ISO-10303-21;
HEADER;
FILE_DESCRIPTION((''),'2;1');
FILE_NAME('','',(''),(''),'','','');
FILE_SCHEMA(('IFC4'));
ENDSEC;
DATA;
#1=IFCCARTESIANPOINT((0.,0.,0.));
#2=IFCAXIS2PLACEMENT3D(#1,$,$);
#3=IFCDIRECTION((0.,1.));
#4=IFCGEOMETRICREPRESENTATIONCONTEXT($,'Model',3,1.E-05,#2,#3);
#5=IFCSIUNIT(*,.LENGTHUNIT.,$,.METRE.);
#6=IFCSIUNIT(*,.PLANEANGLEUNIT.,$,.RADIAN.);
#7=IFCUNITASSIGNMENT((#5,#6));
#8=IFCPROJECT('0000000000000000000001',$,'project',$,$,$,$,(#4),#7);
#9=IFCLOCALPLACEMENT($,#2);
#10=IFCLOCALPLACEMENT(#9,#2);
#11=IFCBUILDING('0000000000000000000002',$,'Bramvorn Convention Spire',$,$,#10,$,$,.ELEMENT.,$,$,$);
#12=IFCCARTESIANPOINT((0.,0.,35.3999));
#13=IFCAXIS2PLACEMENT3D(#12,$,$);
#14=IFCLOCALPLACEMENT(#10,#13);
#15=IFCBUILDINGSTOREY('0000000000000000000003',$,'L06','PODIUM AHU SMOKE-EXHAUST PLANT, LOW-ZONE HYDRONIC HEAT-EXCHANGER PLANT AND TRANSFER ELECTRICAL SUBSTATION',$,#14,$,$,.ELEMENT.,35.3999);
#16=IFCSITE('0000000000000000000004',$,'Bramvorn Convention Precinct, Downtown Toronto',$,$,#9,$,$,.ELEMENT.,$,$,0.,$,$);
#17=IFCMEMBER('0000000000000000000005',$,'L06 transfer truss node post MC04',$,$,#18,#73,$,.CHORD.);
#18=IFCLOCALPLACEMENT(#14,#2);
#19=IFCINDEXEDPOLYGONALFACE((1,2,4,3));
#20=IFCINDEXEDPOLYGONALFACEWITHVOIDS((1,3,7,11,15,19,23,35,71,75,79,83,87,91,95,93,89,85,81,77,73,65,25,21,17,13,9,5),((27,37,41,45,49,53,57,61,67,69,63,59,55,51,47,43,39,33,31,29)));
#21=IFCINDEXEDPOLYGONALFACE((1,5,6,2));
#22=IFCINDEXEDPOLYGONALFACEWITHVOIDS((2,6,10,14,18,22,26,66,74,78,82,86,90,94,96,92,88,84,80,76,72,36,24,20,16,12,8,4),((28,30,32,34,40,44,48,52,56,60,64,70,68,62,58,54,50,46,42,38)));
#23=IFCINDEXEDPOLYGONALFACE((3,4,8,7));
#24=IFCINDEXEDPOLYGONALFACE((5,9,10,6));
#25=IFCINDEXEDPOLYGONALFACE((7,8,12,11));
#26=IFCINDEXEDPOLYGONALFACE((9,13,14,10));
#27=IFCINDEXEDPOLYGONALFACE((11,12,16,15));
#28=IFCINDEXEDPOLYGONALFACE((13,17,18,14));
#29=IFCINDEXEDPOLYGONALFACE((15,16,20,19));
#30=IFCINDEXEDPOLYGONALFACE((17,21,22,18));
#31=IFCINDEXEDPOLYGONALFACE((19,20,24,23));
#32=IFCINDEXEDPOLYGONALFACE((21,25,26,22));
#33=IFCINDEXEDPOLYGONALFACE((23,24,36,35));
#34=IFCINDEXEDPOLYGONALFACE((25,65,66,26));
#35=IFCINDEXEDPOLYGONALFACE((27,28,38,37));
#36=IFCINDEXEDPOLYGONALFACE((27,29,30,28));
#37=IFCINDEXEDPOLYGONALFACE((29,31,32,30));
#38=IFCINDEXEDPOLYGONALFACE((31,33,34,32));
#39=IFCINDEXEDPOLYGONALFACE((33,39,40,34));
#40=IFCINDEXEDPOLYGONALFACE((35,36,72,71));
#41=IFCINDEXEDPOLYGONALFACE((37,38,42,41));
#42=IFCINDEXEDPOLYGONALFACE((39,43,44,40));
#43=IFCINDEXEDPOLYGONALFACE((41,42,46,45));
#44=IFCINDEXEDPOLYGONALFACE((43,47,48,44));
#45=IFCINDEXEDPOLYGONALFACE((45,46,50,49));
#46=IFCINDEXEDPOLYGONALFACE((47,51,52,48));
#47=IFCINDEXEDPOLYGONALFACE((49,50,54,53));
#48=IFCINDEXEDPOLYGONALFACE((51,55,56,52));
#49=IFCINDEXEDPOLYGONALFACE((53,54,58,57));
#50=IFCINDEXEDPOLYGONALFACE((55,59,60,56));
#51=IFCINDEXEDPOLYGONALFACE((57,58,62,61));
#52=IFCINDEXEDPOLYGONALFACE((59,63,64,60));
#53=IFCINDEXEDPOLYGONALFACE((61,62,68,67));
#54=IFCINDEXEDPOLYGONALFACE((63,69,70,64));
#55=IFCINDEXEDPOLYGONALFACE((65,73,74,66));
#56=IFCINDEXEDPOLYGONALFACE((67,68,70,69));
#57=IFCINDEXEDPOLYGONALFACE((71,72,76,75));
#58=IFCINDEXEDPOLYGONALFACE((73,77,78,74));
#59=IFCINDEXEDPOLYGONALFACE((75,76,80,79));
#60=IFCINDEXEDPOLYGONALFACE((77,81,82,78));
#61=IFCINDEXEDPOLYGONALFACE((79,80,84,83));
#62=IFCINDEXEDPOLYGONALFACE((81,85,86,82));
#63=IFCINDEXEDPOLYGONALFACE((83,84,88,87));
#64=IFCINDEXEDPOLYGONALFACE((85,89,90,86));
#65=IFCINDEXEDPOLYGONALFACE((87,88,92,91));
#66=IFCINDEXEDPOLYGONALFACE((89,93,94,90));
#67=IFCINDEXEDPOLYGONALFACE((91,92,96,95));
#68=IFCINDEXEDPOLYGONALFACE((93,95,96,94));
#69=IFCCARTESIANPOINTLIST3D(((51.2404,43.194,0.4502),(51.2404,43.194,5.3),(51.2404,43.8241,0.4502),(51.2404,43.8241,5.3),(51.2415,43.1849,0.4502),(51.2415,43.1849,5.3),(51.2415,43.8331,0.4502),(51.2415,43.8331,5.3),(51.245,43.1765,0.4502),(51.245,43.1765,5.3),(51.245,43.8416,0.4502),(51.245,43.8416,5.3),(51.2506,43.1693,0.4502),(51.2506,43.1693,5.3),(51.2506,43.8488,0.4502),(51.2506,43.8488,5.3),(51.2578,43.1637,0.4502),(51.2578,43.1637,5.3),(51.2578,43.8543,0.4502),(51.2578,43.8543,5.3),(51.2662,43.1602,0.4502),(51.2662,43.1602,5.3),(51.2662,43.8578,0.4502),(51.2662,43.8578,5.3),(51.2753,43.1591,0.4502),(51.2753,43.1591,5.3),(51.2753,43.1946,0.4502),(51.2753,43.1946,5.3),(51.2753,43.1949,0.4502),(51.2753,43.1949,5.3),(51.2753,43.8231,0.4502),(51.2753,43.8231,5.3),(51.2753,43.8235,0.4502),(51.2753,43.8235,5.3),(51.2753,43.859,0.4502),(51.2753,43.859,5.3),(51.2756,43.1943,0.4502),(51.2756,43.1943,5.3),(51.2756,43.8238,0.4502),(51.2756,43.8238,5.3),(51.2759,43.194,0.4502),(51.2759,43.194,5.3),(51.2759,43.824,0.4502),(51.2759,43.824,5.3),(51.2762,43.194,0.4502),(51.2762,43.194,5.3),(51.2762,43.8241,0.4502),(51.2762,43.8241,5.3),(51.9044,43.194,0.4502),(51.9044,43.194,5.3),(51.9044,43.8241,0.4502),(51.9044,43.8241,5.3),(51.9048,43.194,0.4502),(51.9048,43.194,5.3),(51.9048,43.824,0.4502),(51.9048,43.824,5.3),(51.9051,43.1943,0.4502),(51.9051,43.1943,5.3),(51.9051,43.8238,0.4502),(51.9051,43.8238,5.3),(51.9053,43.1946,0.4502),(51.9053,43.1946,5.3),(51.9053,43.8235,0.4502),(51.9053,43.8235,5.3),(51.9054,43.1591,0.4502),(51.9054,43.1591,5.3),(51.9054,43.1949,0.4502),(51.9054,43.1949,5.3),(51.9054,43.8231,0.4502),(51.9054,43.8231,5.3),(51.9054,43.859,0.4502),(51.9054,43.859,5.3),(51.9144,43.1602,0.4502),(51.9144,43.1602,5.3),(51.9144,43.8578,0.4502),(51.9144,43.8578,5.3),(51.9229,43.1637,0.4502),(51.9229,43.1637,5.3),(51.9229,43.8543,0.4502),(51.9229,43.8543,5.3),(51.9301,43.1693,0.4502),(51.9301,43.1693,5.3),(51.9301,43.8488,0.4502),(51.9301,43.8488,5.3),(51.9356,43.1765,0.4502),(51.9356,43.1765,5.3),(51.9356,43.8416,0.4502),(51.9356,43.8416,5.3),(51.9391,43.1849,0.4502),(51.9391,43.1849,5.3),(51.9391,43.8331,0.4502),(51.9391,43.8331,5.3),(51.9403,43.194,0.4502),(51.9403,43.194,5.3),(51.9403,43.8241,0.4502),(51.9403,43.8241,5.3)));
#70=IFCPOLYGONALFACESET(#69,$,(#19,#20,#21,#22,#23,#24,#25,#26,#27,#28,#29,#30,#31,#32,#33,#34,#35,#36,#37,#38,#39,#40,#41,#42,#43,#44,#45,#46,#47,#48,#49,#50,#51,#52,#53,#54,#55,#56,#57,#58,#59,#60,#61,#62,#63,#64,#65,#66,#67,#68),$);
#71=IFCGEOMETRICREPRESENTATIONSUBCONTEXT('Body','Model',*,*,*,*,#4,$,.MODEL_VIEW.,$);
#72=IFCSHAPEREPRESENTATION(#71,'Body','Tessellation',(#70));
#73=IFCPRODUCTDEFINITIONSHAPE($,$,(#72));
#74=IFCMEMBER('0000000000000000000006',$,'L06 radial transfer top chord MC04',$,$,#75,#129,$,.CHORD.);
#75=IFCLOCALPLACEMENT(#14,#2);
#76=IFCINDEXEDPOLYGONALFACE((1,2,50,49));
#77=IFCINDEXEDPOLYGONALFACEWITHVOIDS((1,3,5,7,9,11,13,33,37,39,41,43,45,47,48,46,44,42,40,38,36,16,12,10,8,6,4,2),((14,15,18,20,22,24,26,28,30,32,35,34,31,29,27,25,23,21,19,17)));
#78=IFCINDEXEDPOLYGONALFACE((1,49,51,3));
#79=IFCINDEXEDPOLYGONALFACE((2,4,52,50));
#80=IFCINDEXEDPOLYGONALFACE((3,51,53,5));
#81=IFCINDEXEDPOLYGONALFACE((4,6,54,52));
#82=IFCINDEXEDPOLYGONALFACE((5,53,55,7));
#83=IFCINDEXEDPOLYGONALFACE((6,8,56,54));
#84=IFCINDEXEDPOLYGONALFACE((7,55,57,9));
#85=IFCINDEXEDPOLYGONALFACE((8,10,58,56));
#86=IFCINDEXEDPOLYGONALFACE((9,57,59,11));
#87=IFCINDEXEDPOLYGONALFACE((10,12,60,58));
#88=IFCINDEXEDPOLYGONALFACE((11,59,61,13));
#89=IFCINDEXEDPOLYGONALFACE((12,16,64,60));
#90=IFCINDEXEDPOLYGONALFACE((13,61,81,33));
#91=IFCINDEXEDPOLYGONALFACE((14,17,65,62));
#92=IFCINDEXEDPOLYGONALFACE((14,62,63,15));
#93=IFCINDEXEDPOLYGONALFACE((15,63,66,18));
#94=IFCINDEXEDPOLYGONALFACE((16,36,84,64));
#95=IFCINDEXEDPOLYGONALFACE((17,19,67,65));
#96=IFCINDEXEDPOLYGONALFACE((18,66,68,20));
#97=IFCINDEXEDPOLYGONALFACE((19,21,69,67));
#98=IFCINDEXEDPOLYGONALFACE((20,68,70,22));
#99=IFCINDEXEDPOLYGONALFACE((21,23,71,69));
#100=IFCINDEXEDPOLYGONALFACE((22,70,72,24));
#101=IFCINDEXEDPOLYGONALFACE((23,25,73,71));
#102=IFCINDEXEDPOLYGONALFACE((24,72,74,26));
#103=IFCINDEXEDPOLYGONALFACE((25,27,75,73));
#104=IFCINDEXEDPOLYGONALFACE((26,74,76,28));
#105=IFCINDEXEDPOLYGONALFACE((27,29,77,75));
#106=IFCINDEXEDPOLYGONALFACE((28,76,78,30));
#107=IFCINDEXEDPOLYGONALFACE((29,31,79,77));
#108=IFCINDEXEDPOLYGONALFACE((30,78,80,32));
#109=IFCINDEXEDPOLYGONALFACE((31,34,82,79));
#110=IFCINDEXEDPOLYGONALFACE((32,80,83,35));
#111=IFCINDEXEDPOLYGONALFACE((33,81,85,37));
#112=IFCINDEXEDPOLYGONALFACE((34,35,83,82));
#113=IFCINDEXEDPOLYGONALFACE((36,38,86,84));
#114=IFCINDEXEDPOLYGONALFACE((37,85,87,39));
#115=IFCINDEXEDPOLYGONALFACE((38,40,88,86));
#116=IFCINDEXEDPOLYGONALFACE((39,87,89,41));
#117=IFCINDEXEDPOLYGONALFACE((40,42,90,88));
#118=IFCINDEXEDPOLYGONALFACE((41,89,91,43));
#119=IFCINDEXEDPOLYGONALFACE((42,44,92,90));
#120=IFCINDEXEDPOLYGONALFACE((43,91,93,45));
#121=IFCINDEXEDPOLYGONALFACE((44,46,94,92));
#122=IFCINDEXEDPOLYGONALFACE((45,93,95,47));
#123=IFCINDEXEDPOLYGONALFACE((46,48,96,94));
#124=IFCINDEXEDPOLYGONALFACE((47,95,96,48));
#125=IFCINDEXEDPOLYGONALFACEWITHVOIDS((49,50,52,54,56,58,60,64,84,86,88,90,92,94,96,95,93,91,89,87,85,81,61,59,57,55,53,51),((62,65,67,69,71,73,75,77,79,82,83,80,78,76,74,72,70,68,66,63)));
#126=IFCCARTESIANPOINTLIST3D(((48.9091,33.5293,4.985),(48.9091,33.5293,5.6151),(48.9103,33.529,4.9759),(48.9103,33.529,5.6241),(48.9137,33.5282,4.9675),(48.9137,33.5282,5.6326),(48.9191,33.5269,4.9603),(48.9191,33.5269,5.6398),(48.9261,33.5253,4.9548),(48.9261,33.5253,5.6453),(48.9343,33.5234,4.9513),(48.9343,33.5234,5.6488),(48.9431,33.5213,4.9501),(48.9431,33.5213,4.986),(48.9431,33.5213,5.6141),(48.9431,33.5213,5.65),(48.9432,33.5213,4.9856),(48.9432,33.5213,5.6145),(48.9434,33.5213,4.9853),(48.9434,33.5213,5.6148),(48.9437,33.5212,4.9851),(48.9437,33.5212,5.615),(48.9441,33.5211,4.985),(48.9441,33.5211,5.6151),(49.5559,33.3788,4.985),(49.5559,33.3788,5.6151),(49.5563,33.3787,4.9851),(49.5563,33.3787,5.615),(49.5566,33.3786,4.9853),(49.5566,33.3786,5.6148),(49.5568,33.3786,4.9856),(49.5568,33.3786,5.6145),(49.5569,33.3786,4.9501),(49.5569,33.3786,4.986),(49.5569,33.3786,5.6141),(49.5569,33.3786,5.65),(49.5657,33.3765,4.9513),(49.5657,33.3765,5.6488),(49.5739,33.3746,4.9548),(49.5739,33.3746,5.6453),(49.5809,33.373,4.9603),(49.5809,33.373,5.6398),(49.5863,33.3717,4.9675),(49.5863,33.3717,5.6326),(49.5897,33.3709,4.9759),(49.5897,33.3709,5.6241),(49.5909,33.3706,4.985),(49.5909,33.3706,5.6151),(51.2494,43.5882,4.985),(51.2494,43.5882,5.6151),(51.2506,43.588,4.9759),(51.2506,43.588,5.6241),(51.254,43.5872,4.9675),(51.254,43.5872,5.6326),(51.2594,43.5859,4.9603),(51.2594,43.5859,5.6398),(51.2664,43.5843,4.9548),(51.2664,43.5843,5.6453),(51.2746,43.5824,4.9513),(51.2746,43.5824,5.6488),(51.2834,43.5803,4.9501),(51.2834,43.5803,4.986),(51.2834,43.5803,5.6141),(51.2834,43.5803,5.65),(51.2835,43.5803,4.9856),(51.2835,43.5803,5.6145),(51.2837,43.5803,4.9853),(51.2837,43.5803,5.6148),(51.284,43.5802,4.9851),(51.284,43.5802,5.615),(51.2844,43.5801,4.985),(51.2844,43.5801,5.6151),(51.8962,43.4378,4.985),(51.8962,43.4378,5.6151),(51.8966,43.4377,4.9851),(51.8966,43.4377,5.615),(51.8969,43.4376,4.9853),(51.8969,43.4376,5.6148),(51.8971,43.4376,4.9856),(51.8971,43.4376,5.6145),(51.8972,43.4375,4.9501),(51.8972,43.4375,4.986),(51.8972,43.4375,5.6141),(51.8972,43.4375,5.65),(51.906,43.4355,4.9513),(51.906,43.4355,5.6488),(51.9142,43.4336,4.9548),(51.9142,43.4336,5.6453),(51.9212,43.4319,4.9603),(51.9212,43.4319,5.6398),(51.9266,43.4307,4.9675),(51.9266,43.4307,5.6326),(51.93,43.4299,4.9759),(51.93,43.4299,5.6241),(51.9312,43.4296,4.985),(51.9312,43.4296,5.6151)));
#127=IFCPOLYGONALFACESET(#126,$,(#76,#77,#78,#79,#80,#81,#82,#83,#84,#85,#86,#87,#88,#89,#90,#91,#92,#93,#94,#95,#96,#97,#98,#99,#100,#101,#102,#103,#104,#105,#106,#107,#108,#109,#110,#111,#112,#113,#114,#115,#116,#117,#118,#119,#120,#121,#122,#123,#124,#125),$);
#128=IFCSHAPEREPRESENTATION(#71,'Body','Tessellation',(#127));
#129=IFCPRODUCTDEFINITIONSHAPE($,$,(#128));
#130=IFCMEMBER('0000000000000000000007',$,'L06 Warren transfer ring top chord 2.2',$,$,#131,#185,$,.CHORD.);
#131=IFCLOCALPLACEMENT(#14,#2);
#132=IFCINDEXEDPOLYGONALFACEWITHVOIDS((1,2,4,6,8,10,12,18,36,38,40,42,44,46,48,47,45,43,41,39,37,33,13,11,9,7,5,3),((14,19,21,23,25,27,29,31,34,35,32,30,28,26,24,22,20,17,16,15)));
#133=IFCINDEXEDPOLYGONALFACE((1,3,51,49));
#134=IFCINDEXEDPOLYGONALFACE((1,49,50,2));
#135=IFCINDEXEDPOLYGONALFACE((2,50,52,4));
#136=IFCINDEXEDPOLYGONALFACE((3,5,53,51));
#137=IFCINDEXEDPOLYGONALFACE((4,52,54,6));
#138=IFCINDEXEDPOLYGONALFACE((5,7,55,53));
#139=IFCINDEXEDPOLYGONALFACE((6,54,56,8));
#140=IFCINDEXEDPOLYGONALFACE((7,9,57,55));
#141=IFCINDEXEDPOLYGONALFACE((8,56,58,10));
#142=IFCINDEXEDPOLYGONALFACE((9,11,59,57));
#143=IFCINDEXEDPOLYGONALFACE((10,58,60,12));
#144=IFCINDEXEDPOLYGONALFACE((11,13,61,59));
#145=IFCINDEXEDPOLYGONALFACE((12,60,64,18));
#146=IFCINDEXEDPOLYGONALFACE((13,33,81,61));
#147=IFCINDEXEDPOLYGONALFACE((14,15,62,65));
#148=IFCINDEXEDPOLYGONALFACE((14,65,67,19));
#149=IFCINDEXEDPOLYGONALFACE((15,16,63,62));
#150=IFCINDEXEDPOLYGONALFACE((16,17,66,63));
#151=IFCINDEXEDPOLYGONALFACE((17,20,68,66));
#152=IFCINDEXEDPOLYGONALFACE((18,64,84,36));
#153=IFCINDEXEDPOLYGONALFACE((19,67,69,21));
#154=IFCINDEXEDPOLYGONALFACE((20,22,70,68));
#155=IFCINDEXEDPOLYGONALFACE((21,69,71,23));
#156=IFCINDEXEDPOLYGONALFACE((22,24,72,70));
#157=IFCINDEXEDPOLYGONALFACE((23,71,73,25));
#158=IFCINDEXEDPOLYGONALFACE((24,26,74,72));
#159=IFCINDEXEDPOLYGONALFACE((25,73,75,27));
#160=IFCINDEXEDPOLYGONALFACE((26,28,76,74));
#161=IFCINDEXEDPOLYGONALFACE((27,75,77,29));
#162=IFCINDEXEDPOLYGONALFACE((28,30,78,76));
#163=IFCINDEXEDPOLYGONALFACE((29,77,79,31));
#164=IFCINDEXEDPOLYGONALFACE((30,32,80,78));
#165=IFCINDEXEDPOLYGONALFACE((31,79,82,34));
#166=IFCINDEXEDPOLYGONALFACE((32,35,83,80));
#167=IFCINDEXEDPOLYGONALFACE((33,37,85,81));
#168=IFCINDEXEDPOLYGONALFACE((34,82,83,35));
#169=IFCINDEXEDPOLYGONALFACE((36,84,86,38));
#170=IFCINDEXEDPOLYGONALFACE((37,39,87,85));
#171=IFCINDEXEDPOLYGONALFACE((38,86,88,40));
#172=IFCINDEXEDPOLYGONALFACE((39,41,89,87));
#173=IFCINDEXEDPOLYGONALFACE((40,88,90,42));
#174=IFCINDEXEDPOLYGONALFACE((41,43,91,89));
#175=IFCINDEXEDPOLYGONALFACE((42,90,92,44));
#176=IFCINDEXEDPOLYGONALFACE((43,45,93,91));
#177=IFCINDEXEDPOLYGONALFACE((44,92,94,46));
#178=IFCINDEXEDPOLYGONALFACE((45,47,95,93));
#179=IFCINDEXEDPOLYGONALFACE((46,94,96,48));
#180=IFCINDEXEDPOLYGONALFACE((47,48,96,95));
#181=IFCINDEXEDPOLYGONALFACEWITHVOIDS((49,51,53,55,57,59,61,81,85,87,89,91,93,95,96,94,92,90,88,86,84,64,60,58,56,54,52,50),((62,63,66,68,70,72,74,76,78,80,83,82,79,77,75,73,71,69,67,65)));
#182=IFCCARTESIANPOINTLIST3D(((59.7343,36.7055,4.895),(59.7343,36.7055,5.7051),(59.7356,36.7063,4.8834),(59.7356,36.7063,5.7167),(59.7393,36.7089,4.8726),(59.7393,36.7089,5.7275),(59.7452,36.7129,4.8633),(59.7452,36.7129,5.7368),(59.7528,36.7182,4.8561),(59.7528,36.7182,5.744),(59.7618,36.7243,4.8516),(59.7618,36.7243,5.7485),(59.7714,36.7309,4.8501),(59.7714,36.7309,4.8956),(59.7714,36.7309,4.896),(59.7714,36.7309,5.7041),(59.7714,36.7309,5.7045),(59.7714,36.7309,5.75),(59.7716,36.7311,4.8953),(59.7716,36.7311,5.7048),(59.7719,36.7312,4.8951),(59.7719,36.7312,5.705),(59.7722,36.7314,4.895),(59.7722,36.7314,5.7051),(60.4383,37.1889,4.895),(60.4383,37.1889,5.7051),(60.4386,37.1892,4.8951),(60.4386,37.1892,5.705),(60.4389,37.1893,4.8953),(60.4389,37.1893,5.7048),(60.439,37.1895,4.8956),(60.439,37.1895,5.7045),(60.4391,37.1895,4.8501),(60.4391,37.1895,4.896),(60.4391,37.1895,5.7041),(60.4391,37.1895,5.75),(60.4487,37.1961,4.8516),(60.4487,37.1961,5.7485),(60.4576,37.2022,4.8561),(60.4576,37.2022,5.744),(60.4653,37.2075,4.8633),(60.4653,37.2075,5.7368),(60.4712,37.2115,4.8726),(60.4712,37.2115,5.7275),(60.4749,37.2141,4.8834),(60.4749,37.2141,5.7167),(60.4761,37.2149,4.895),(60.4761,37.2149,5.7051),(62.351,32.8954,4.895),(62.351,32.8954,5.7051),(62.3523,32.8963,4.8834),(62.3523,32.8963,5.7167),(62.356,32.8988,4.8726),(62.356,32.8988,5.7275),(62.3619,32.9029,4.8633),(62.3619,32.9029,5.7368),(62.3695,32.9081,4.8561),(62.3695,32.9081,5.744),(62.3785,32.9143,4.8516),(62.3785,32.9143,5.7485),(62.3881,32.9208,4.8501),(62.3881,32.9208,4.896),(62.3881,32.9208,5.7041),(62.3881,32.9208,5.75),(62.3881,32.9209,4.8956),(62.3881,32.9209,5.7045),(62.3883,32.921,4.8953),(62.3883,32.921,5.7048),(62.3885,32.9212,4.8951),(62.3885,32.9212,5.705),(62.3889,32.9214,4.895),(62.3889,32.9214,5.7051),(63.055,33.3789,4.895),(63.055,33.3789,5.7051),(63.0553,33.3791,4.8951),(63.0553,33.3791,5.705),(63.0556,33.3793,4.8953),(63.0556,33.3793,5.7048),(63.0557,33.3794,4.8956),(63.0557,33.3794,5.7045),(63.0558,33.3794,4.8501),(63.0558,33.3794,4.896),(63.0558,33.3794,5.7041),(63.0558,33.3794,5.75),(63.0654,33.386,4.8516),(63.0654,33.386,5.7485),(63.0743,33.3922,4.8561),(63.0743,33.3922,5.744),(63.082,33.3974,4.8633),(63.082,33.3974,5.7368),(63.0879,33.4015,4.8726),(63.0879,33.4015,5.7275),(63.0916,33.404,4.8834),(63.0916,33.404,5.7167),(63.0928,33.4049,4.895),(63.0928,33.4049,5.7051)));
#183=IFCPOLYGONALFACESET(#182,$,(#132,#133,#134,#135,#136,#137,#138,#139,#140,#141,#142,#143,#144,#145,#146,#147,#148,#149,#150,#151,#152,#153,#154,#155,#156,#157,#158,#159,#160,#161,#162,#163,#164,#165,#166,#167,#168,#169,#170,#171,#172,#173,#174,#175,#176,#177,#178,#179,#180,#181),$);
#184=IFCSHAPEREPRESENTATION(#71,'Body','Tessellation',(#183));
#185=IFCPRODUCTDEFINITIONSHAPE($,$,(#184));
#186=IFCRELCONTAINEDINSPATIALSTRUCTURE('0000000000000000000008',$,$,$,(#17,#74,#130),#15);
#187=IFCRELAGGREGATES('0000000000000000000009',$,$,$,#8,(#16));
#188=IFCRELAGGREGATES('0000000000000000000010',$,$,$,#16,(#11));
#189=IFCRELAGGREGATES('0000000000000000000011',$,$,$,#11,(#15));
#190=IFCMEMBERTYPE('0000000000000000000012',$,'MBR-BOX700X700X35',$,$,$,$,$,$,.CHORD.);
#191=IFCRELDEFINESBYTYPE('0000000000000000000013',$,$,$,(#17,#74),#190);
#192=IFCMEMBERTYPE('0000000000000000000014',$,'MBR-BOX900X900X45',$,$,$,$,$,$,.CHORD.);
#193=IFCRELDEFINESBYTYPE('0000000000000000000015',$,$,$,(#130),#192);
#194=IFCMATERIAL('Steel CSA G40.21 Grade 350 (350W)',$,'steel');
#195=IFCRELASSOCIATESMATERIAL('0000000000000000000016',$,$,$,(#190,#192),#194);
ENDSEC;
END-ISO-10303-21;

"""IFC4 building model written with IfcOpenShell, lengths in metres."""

from ifc_helpers import new_model, si_unit, direction, frame, origin, origin_2d, place, context, subcontext, project, spatial, hollow_rectangle, extrude, material, material_profile, profile_set, type_object, element, save


model = new_model("IFC4")

# Units and contexts
model_context = context("Model", 3, precision=1e-05, world=origin(), true_north=direction((0.0, 1.0)))
body_context = subcontext(model_context, "Body", "Model", "MODEL_VIEW")
ifc_project = project(units=[si_unit("LENGTHUNIT", "METRE"), si_unit("PLANEANGLEUNIT", "RADIAN")], contexts=[model_context])

# Site, building, storey
site_placement = place(None, origin())
site = spatial("IfcSite", under=ifc_project, at=site_placement, Name="Bramvorn Convention Precinct, Downtown Toronto", CompositionType="ELEMENT", RefElevation=0.0)
building_placement = place(site_placement, origin())
building = spatial("IfcBuilding", under=site, at=building_placement, Name="Bramvorn Convention Spire", CompositionType="ELEMENT")
storey_placement = place(building_placement, frame((0.0, 0.0, 35.3999)))
storey = spatial("IfcBuildingStorey", under=building, at=storey_placement, Name="L06", Description="PODIUM AHU SMOKE-EXHAUST PLANT, LOW-ZONE HYDRONIC HEAT-EXCHANGER PLANT AND TRANSFER ELECTRICAL SUBSTATION", CompositionType="ELEMENT", Elevation=35.3999)

# Shared definitions
ifc_material_1 = material(Name="Steel CSA G40.21 Grade 350 (350W)", Category="steel")

# Members
ifc_material_profile_1 = material_profile(ifc_material_1, hollow_rectangle(XDim=0.7, YDim=0.7, WallThickness=0.0349, InnerFilletRadius=0.001, OuterFilletRadius=0.0349, at=origin_2d()))
ifc_profile_set_1 = profile_set([ifc_material_profile_1], Name="Steel CSA G40.21 Grade 350 (350W) - BOX700X700X35")
member_type_1 = type_object("IfcMemberType", Name="MBR-BOX700X700X35", PredefinedType="CHORD", material=ifc_profile_set_1)
member_1_placement = place(storey_placement, frame((51.5903, 43.509, 0.4502), z_axis=(0.0, 0.0, 1.0), x_axis=(1.0, 0.0, 0.0)))
element("IfcMember", 1, at=member_1_placement, inside=storey, type_object=member_type_1, Name="L06 transfer truss node post MC04", PredefinedType="CHORD", context=body_context, shape_type="SweptSolid", body=[
    extrude(hollow_rectangle(XDim=0.7, YDim=0.7, WallThickness=0.0349, InnerFilletRadius=0.001, OuterFilletRadius=0.0349, at=origin_2d()), origin(), (0.0, 0.0, 1.0), 4.8499),
])
member_2_placement = place(storey_placement, frame((49.25, 33.45, 5.3), z_axis=(0.226606, 0.973986, 0.0), x_axis=(-0.973986, 0.226606, 0.0)))
element("IfcMember", 2, at=member_2_placement, inside=storey, type_object=member_type_1, Name="L06 radial transfer top chord MC04", PredefinedType="CHORD", context=body_context, shape_type="SweptSolid", body=[
    extrude(hollow_rectangle(XDim=0.7, YDim=0.7, WallThickness=0.0349, InnerFilletRadius=0.001, OuterFilletRadius=0.0349, at=origin_2d()), origin(), (0.0, 0.0, 1.0), 10.3276),
])
ifc_material_profile_2 = material_profile(ifc_material_1, hollow_rectangle(XDim=0.8999, YDim=0.8999, WallThickness=0.0449, InnerFilletRadius=0.001, OuterFilletRadius=0.0449, at=origin_2d()))
ifc_profile_set_2 = profile_set([ifc_material_profile_2], Name="Steel CSA G40.21 Grade 350 (350W) - BOX900X900X45")
member_type_2 = type_object("IfcMemberType", Name="MBR-BOX900X900X45", PredefinedType="CHORD", material=ifc_profile_set_2)
for number, where, z_axis, x_axis, name in (
    (3, (62.7219, 33.1501, 5.3), (-0.56613, 0.824316, 0.0), (-0.824316, -0.56613, 0.0), "L06 Warren transfer ring top chord 2.2"),
):
    element("IfcMember", number, at=place(storey_placement, frame(where, z_axis=z_axis, x_axis=x_axis)), inside=storey, type_object=member_type_2, Name=name, PredefinedType="CHORD", context=body_context, shape_type="SweptSolid", body=[
        extrude(hollow_rectangle(XDim=0.8999, YDim=0.8999, WallThickness=0.0449, InnerFilletRadius=0.001, OuterFilletRadius=0.0449, at=origin_2d()), origin(), (0.0, 0.0, 1.0), 4.6221),
    ])

save(model, "model.ifc")
